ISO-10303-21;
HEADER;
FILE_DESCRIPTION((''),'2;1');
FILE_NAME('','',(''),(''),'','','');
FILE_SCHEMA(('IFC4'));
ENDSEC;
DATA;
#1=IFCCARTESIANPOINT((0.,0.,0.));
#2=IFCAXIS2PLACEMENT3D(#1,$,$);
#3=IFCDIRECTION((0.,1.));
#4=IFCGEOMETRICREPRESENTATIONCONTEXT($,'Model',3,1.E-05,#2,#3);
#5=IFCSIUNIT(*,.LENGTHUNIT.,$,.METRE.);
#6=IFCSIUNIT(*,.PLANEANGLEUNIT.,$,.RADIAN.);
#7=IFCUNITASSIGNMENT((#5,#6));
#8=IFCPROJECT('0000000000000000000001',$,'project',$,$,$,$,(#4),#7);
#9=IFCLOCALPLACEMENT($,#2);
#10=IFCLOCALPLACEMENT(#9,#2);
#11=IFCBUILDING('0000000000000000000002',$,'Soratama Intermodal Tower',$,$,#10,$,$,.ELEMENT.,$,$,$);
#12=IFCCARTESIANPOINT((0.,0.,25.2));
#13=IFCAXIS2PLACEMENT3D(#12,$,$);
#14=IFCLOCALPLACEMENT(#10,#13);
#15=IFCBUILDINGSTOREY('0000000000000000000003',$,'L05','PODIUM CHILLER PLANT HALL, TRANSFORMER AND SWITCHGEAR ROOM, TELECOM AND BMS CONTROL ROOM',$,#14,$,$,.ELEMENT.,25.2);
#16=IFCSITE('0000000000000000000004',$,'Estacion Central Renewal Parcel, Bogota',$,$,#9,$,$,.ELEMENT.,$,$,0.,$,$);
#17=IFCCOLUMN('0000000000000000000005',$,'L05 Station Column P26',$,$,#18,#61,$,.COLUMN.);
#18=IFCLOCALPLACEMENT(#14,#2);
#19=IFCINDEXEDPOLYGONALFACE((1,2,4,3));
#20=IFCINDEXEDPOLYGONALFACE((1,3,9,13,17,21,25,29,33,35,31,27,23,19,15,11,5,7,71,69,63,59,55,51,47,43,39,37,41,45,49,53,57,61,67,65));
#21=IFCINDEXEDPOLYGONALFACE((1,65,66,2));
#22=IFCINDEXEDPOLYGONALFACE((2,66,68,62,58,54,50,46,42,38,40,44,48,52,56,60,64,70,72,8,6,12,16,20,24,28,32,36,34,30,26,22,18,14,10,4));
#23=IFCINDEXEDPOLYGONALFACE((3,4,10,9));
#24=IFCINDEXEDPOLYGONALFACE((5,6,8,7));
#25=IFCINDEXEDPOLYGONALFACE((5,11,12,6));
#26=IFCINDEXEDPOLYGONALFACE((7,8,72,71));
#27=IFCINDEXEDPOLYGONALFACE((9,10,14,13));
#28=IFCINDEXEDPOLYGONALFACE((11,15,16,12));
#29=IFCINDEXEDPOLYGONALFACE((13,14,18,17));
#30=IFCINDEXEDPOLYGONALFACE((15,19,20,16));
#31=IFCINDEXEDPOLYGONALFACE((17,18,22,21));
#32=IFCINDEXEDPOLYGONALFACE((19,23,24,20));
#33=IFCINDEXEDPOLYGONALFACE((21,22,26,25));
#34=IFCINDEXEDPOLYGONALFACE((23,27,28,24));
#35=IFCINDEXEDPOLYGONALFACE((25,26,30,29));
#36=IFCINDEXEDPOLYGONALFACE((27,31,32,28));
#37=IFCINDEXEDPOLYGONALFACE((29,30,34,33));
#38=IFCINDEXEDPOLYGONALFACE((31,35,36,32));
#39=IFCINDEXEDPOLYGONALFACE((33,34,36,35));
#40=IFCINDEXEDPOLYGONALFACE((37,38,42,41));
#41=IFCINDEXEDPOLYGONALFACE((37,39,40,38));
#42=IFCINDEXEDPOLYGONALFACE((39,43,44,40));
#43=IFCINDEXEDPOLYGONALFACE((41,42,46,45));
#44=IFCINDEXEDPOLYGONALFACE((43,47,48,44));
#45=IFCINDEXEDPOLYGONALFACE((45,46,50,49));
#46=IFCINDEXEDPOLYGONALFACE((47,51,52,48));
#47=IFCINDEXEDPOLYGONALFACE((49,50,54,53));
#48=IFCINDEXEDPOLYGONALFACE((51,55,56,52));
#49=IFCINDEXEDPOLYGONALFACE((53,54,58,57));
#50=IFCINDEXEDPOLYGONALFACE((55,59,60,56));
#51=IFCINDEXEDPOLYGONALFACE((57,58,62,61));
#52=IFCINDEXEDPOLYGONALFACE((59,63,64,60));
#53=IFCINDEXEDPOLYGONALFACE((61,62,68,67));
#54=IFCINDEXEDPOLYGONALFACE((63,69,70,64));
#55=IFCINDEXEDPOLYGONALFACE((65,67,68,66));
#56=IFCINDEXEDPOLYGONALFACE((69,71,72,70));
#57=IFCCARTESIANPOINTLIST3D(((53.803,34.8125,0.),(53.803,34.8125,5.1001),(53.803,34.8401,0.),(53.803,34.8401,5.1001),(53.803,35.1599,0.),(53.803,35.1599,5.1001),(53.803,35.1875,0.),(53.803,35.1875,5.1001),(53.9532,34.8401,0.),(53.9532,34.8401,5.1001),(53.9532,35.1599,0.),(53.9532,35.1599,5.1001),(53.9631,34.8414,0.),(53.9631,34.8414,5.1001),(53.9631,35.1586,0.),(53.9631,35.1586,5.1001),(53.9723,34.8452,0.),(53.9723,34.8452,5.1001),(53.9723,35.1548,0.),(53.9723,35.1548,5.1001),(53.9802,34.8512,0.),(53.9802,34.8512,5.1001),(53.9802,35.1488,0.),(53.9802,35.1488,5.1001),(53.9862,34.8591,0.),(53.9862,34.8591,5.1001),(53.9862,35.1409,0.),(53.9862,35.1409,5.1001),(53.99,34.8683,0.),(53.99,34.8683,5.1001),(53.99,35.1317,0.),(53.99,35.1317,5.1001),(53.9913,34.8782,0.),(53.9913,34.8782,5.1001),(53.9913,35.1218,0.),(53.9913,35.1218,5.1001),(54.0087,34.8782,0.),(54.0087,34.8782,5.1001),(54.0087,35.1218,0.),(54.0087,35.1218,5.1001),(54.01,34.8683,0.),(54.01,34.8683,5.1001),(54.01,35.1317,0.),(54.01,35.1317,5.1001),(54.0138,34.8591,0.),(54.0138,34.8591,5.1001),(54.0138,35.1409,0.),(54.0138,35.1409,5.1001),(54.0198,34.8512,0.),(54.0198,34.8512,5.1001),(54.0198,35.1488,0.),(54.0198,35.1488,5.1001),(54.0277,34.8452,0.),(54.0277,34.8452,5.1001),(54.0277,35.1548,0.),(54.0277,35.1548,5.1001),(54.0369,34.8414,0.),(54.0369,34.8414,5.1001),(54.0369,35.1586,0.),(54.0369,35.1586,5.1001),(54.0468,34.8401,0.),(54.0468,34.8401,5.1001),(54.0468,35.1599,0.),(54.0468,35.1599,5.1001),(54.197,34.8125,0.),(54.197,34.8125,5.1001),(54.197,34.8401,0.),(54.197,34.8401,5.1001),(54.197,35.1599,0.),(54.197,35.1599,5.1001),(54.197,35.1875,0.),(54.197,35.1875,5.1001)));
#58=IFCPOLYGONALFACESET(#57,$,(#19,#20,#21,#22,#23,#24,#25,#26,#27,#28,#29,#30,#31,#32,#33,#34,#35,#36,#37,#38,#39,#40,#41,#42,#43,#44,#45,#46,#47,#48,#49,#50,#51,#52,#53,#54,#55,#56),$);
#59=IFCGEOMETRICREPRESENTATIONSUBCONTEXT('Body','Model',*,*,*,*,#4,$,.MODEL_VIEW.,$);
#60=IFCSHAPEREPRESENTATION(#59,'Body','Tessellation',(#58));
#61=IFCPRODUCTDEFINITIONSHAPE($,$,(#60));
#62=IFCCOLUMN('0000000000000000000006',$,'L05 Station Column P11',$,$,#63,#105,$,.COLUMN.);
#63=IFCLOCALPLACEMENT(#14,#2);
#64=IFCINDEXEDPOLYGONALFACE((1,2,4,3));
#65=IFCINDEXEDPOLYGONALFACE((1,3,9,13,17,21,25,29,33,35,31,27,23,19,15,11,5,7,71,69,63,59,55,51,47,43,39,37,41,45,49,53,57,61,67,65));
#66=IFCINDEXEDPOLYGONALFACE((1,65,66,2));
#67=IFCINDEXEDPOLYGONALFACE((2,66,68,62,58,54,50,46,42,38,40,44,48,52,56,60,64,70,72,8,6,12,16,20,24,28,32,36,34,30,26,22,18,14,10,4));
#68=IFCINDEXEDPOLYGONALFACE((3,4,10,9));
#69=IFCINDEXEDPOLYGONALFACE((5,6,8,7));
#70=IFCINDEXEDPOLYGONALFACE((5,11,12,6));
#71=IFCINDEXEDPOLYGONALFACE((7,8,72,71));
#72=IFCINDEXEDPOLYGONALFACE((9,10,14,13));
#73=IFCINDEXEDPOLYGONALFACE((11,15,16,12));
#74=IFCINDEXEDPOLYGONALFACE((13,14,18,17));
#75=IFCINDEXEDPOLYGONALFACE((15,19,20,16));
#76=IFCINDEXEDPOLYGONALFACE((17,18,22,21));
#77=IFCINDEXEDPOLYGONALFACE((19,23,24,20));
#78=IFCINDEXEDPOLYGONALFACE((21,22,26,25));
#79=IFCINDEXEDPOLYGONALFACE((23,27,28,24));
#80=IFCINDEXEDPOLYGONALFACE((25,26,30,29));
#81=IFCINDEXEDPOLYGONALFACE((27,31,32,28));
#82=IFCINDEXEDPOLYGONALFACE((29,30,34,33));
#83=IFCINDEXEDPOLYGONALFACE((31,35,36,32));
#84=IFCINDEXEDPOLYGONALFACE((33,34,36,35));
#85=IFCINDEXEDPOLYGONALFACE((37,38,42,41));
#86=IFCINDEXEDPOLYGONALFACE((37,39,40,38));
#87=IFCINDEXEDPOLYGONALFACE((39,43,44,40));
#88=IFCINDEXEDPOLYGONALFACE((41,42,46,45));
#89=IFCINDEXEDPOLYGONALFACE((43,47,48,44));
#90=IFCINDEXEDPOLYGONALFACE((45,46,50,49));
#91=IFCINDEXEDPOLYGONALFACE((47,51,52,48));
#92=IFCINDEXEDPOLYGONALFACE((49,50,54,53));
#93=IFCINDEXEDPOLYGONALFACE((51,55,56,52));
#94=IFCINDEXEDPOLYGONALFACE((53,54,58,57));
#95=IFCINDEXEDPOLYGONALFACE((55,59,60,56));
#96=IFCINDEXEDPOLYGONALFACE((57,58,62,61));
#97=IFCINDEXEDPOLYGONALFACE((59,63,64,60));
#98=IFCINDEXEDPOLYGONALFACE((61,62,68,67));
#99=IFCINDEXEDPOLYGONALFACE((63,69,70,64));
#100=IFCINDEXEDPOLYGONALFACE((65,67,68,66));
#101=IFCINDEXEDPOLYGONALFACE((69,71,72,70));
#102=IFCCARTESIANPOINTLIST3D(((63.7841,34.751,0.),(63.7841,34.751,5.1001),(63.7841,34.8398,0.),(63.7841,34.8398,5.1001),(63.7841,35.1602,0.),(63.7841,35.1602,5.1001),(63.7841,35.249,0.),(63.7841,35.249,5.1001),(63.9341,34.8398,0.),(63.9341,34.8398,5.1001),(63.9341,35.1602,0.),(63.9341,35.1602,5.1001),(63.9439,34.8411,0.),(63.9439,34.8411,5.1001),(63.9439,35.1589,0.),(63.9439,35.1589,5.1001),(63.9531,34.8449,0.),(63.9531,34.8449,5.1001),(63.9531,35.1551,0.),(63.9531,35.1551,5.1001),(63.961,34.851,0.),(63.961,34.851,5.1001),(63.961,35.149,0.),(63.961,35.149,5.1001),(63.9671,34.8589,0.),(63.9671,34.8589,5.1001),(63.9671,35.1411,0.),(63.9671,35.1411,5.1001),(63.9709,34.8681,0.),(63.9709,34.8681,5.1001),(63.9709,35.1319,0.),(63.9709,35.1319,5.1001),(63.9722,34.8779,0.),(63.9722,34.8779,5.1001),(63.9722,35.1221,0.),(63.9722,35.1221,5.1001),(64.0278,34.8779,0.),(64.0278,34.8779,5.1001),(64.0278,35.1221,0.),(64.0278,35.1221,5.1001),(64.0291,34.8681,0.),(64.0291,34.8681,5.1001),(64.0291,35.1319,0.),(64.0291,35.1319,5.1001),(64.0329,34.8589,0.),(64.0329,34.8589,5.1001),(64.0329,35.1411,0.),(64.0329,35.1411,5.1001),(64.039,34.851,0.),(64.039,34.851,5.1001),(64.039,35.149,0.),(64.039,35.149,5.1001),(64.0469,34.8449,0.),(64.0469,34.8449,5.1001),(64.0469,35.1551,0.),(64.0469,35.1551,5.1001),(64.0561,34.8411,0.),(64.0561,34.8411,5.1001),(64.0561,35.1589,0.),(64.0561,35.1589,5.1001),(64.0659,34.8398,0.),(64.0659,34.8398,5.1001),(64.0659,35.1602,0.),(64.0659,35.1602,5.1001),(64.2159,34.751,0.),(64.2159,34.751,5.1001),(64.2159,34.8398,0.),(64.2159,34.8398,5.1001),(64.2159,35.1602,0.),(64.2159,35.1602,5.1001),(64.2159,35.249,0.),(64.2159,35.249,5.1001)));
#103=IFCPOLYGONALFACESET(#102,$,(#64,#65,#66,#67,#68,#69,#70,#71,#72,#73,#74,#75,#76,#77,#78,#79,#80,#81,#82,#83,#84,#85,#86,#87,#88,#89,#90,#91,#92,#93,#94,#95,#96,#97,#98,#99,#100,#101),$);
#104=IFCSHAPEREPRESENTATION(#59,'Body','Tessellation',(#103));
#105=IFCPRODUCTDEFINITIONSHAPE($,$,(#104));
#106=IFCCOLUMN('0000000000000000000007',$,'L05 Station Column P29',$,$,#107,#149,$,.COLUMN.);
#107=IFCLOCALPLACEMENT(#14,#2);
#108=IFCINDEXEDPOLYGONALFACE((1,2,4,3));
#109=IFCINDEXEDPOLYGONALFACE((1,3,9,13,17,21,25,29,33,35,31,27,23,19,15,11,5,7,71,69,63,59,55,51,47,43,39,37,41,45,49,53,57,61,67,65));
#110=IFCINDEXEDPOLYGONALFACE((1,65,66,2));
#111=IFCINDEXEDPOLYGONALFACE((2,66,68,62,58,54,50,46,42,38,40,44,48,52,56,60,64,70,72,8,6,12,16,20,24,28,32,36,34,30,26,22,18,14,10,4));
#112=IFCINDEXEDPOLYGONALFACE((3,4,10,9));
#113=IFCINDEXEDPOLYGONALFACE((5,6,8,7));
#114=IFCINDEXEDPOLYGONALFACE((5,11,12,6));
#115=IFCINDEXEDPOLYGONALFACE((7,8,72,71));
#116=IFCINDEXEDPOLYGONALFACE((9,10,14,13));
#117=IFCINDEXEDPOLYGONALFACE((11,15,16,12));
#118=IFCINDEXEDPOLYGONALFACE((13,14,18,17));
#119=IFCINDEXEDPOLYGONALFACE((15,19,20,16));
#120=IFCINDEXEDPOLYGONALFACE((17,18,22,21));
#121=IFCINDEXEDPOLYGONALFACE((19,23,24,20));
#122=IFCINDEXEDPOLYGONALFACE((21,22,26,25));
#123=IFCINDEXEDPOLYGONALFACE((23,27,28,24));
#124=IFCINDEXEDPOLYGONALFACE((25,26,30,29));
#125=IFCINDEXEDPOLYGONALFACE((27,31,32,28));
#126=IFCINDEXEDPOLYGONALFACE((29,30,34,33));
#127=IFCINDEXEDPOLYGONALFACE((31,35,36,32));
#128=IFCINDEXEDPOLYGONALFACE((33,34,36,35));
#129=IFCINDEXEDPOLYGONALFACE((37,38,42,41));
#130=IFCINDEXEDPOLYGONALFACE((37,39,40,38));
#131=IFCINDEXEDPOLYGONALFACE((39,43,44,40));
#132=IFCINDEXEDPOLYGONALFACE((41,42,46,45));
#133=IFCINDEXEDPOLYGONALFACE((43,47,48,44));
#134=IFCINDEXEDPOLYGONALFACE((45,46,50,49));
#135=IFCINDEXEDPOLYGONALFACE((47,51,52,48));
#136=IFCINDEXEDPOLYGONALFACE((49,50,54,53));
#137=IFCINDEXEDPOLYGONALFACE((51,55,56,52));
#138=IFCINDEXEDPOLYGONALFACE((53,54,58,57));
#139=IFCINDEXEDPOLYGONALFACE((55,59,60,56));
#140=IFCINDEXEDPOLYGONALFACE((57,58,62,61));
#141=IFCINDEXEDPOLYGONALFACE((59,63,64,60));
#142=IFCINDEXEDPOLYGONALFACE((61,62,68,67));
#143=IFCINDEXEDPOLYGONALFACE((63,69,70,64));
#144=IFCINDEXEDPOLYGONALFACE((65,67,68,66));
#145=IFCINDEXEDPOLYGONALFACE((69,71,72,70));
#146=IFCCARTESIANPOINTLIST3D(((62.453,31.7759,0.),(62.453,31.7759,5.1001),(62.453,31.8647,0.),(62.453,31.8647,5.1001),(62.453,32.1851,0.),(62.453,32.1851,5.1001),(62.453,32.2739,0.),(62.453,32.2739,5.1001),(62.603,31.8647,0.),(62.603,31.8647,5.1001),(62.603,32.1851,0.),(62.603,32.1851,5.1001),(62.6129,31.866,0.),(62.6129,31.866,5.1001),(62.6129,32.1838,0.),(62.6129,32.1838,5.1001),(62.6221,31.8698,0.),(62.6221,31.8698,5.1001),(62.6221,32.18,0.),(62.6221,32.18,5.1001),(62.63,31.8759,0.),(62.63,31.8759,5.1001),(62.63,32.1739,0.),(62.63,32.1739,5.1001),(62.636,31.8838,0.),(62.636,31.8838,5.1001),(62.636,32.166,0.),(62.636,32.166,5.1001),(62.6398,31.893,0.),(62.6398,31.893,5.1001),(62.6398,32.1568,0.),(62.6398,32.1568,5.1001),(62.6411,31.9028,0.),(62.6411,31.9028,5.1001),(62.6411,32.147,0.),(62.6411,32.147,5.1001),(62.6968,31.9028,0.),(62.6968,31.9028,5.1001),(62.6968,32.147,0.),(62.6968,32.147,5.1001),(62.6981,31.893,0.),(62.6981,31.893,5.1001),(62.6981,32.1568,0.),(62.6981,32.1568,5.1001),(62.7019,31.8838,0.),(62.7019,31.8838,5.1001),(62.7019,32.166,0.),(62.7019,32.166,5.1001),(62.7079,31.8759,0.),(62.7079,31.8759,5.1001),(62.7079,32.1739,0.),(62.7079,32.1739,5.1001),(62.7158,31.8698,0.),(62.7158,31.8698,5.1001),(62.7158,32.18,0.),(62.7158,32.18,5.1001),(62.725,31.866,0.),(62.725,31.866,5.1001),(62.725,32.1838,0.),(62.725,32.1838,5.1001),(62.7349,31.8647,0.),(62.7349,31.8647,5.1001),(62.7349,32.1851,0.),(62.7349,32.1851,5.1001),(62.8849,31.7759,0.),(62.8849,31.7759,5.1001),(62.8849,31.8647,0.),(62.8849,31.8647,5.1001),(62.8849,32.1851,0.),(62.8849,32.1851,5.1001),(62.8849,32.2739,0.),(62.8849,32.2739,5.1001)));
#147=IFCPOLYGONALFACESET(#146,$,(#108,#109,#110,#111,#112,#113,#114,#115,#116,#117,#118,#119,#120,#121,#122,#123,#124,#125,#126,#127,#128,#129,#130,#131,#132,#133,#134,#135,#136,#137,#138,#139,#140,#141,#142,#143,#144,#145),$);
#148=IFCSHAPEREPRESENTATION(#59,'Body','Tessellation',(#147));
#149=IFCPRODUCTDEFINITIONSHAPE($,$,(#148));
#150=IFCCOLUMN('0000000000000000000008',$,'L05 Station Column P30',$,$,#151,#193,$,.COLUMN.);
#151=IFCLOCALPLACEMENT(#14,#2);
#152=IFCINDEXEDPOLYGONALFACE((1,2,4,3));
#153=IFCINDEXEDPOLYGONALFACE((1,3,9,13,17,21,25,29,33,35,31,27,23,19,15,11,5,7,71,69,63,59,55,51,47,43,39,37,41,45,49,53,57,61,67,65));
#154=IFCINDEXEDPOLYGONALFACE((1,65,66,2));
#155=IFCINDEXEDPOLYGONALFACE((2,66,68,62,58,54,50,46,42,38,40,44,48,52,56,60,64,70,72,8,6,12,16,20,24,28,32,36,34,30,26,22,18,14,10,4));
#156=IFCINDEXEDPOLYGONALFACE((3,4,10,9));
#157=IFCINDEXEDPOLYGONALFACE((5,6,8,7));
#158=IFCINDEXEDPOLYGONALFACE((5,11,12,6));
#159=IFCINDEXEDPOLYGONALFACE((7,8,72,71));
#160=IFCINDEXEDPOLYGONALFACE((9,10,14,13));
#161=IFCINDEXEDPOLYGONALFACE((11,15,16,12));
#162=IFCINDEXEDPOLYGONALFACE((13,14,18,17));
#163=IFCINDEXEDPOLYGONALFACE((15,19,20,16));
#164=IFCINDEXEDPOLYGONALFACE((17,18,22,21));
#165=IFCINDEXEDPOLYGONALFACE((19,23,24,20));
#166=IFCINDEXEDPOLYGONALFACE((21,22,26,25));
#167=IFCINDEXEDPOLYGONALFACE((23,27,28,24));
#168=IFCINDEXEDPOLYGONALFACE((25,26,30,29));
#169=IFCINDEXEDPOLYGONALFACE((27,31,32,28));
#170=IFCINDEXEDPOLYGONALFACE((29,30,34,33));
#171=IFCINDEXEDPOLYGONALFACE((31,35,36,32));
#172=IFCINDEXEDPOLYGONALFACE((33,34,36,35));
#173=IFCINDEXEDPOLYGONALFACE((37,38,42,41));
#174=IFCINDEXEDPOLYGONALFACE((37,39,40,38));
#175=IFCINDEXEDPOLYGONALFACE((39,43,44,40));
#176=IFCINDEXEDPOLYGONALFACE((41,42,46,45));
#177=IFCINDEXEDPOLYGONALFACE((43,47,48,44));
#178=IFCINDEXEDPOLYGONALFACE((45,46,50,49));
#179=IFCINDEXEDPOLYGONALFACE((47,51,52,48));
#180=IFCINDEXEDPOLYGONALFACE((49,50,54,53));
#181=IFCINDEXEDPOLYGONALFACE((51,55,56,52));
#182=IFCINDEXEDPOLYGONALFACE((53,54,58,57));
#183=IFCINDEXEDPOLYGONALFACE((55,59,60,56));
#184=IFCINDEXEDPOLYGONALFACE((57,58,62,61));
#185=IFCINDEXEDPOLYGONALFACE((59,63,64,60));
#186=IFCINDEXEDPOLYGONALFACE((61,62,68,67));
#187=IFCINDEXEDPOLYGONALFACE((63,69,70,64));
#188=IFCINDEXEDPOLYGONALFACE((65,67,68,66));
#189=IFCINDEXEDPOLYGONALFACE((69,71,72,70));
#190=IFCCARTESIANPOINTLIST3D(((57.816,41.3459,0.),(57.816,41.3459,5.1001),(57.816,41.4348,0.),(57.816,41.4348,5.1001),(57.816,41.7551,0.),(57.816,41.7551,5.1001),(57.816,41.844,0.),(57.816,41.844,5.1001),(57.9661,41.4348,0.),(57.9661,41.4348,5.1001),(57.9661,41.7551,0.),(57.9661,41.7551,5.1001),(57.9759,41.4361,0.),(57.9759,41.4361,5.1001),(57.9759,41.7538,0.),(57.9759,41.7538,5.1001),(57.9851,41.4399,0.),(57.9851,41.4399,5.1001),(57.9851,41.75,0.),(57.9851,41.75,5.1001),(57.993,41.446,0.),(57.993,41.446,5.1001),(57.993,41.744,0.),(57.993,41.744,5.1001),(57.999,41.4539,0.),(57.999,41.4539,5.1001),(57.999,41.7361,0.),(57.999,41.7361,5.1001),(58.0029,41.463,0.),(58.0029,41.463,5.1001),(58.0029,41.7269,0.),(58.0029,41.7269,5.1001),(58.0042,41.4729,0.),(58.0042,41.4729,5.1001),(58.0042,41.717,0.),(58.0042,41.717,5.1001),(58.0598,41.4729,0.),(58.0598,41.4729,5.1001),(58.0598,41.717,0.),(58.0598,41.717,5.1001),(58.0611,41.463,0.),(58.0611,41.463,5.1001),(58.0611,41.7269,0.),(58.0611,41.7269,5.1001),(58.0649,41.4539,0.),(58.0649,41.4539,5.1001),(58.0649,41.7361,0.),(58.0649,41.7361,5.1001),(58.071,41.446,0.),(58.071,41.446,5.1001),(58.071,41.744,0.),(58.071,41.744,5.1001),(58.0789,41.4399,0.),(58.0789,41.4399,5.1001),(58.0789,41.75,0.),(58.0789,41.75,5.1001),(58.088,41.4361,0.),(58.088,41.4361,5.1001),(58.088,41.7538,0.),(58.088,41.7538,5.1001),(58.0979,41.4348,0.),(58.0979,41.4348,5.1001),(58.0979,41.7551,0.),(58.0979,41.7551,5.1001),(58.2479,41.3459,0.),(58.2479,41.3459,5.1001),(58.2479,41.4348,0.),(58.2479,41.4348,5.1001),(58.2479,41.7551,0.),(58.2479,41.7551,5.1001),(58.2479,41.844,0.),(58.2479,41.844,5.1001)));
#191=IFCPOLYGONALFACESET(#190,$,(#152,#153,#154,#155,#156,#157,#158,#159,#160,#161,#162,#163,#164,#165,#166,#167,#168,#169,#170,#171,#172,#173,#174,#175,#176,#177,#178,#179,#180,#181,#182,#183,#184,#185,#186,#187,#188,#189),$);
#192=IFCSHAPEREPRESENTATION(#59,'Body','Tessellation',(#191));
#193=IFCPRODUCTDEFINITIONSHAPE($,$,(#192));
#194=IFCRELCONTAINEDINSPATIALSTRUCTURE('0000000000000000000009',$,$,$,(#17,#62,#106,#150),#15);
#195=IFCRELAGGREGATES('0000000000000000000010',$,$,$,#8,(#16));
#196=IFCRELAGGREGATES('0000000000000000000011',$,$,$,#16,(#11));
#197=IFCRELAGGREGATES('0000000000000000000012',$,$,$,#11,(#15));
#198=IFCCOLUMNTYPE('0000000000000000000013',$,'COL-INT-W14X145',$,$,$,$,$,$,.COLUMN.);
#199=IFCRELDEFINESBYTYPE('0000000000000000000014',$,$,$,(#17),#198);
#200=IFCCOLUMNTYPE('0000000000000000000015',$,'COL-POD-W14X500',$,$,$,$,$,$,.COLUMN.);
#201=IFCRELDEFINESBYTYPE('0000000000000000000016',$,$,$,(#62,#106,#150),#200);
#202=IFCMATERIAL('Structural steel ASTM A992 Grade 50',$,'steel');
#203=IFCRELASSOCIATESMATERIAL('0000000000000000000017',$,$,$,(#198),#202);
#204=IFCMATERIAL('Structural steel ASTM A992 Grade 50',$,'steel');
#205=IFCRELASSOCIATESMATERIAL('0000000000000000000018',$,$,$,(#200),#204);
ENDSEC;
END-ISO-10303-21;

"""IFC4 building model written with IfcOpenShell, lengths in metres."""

from ifc_helpers import new_model, si_unit, direction, frame, origin, origin_2d, place, context, subcontext, project, spatial, i_section, extrude, material, material_profile, profile_set, type_object, element, save


model = new_model("IFC4")

# Units and contexts
model_context = context("Model", 3, precision=1e-05, world=origin(), true_north=direction((0.0, 1.0)))
body_context = subcontext(model_context, "Body", "Model", "MODEL_VIEW")
ifc_project = project(units=[si_unit("LENGTHUNIT", "METRE"), si_unit("PLANEANGLEUNIT", "RADIAN")], contexts=[model_context])

# Site, building, storey
site_placement = place(None, origin())
site = spatial("IfcSite", under=ifc_project, at=site_placement, Name="Estacion Central Renewal Parcel, Bogota", CompositionType="ELEMENT", RefElevation=0.0)
building_placement = place(site_placement, origin())
building = spatial("IfcBuilding", under=site, at=building_placement, Name="Soratama Intermodal Tower", CompositionType="ELEMENT")
storey_placement = place(building_placement, frame((0.0, 0.0, 25.2)))
storey = spatial("IfcBuildingStorey", under=building, at=storey_placement, Name="L05", Description="PODIUM CHILLER PLANT HALL, TRANSFORMER AND SWITCHGEAR ROOM, TELECOM AND BMS CONTROL ROOM", CompositionType="ELEMENT", Elevation=25.2)

# Columns
ifc_material_1 = material(Name="Structural steel ASTM A992 Grade 50", Category="steel")
ifc_material_profile_1 = material_profile(ifc_material_1, i_section(OverallWidth=0.394, OverallDepth=0.375, WebThickness=0.0173, FlangeThickness=0.0276, FilletRadius=0.0381, at=origin_2d()), Name="W14X145")
ifc_profile_set_1 = profile_set([ifc_material_profile_1], Name="Structural steel ASTM A992 Grade 50")
column_type_1 = type_object("IfcColumnType", Name="COL-INT-W14X145", PredefinedType="COLUMN", material=ifc_profile_set_1)
column_placement = place(storey_placement, frame((54.0, 35.0, 0.0), z_axis=(0.0, 0.0, 1.0), x_axis=(1.0, 0.0, 0.0)))
element("IfcColumn", 1, at=column_placement, inside=storey, type_object=column_type_1, Name="L05 Station Column P26", PredefinedType="COLUMN", context=body_context, shape_type="SweptSolid", body=[
    extrude(i_section(OverallWidth=0.394, OverallDepth=0.375, WebThickness=0.0173, FlangeThickness=0.0276, FilletRadius=0.0381, at=origin_2d()), origin(), (0.0, 0.0, 1.0), 5.1001),
])
ifc_material_2 = material(Name="Structural steel ASTM A992 Grade 50", Category="steel")
ifc_material_profile_2 = material_profile(ifc_material_2, i_section(OverallWidth=0.4319, OverallDepth=0.498, WebThickness=0.0557, FlangeThickness=0.0889, FilletRadius=0.0381, at=origin_2d()), Name="W14X500")
ifc_profile_set_2 = profile_set([ifc_material_profile_2], Name="Structural steel ASTM A992 Grade 50")
column_type_2 = type_object("IfcColumnType", Name="COL-POD-W14X500", PredefinedType="COLUMN", material=ifc_profile_set_2)
for number, where, z_axis, x_axis, name in (
    (2, (64.0, 35.0, 0.0), (0.0, 0.0, 1.0), (1.0, 0.0, 0.0), "L05 Station Column P11"),
    (3, (62.6689, 32.0249, 0.0), (0.0, 0.0, 1.0), (1.0, 0.0, 0.0), "L05 Station Column P29"),
    (4, (58.032, 41.595, 0.0), (0.0, 0.0, 1.0), (1.0, 0.0, 0.0), "L05 Station Column P30"),
):
    element("IfcColumn", number, at=place(storey_placement, frame(where, z_axis=z_axis, x_axis=x_axis)), inside=storey, type_object=column_type_2, Name=name, PredefinedType="COLUMN", context=body_context, shape_type="SweptSolid", body=[
        extrude(i_section(OverallWidth=0.4319, OverallDepth=0.498, WebThickness=0.0557, FlangeThickness=0.0889, FilletRadius=0.0381, at=origin_2d()), origin(), (0.0, 0.0, 1.0), 5.1001),
    ])

save(model, "model.ifc")
